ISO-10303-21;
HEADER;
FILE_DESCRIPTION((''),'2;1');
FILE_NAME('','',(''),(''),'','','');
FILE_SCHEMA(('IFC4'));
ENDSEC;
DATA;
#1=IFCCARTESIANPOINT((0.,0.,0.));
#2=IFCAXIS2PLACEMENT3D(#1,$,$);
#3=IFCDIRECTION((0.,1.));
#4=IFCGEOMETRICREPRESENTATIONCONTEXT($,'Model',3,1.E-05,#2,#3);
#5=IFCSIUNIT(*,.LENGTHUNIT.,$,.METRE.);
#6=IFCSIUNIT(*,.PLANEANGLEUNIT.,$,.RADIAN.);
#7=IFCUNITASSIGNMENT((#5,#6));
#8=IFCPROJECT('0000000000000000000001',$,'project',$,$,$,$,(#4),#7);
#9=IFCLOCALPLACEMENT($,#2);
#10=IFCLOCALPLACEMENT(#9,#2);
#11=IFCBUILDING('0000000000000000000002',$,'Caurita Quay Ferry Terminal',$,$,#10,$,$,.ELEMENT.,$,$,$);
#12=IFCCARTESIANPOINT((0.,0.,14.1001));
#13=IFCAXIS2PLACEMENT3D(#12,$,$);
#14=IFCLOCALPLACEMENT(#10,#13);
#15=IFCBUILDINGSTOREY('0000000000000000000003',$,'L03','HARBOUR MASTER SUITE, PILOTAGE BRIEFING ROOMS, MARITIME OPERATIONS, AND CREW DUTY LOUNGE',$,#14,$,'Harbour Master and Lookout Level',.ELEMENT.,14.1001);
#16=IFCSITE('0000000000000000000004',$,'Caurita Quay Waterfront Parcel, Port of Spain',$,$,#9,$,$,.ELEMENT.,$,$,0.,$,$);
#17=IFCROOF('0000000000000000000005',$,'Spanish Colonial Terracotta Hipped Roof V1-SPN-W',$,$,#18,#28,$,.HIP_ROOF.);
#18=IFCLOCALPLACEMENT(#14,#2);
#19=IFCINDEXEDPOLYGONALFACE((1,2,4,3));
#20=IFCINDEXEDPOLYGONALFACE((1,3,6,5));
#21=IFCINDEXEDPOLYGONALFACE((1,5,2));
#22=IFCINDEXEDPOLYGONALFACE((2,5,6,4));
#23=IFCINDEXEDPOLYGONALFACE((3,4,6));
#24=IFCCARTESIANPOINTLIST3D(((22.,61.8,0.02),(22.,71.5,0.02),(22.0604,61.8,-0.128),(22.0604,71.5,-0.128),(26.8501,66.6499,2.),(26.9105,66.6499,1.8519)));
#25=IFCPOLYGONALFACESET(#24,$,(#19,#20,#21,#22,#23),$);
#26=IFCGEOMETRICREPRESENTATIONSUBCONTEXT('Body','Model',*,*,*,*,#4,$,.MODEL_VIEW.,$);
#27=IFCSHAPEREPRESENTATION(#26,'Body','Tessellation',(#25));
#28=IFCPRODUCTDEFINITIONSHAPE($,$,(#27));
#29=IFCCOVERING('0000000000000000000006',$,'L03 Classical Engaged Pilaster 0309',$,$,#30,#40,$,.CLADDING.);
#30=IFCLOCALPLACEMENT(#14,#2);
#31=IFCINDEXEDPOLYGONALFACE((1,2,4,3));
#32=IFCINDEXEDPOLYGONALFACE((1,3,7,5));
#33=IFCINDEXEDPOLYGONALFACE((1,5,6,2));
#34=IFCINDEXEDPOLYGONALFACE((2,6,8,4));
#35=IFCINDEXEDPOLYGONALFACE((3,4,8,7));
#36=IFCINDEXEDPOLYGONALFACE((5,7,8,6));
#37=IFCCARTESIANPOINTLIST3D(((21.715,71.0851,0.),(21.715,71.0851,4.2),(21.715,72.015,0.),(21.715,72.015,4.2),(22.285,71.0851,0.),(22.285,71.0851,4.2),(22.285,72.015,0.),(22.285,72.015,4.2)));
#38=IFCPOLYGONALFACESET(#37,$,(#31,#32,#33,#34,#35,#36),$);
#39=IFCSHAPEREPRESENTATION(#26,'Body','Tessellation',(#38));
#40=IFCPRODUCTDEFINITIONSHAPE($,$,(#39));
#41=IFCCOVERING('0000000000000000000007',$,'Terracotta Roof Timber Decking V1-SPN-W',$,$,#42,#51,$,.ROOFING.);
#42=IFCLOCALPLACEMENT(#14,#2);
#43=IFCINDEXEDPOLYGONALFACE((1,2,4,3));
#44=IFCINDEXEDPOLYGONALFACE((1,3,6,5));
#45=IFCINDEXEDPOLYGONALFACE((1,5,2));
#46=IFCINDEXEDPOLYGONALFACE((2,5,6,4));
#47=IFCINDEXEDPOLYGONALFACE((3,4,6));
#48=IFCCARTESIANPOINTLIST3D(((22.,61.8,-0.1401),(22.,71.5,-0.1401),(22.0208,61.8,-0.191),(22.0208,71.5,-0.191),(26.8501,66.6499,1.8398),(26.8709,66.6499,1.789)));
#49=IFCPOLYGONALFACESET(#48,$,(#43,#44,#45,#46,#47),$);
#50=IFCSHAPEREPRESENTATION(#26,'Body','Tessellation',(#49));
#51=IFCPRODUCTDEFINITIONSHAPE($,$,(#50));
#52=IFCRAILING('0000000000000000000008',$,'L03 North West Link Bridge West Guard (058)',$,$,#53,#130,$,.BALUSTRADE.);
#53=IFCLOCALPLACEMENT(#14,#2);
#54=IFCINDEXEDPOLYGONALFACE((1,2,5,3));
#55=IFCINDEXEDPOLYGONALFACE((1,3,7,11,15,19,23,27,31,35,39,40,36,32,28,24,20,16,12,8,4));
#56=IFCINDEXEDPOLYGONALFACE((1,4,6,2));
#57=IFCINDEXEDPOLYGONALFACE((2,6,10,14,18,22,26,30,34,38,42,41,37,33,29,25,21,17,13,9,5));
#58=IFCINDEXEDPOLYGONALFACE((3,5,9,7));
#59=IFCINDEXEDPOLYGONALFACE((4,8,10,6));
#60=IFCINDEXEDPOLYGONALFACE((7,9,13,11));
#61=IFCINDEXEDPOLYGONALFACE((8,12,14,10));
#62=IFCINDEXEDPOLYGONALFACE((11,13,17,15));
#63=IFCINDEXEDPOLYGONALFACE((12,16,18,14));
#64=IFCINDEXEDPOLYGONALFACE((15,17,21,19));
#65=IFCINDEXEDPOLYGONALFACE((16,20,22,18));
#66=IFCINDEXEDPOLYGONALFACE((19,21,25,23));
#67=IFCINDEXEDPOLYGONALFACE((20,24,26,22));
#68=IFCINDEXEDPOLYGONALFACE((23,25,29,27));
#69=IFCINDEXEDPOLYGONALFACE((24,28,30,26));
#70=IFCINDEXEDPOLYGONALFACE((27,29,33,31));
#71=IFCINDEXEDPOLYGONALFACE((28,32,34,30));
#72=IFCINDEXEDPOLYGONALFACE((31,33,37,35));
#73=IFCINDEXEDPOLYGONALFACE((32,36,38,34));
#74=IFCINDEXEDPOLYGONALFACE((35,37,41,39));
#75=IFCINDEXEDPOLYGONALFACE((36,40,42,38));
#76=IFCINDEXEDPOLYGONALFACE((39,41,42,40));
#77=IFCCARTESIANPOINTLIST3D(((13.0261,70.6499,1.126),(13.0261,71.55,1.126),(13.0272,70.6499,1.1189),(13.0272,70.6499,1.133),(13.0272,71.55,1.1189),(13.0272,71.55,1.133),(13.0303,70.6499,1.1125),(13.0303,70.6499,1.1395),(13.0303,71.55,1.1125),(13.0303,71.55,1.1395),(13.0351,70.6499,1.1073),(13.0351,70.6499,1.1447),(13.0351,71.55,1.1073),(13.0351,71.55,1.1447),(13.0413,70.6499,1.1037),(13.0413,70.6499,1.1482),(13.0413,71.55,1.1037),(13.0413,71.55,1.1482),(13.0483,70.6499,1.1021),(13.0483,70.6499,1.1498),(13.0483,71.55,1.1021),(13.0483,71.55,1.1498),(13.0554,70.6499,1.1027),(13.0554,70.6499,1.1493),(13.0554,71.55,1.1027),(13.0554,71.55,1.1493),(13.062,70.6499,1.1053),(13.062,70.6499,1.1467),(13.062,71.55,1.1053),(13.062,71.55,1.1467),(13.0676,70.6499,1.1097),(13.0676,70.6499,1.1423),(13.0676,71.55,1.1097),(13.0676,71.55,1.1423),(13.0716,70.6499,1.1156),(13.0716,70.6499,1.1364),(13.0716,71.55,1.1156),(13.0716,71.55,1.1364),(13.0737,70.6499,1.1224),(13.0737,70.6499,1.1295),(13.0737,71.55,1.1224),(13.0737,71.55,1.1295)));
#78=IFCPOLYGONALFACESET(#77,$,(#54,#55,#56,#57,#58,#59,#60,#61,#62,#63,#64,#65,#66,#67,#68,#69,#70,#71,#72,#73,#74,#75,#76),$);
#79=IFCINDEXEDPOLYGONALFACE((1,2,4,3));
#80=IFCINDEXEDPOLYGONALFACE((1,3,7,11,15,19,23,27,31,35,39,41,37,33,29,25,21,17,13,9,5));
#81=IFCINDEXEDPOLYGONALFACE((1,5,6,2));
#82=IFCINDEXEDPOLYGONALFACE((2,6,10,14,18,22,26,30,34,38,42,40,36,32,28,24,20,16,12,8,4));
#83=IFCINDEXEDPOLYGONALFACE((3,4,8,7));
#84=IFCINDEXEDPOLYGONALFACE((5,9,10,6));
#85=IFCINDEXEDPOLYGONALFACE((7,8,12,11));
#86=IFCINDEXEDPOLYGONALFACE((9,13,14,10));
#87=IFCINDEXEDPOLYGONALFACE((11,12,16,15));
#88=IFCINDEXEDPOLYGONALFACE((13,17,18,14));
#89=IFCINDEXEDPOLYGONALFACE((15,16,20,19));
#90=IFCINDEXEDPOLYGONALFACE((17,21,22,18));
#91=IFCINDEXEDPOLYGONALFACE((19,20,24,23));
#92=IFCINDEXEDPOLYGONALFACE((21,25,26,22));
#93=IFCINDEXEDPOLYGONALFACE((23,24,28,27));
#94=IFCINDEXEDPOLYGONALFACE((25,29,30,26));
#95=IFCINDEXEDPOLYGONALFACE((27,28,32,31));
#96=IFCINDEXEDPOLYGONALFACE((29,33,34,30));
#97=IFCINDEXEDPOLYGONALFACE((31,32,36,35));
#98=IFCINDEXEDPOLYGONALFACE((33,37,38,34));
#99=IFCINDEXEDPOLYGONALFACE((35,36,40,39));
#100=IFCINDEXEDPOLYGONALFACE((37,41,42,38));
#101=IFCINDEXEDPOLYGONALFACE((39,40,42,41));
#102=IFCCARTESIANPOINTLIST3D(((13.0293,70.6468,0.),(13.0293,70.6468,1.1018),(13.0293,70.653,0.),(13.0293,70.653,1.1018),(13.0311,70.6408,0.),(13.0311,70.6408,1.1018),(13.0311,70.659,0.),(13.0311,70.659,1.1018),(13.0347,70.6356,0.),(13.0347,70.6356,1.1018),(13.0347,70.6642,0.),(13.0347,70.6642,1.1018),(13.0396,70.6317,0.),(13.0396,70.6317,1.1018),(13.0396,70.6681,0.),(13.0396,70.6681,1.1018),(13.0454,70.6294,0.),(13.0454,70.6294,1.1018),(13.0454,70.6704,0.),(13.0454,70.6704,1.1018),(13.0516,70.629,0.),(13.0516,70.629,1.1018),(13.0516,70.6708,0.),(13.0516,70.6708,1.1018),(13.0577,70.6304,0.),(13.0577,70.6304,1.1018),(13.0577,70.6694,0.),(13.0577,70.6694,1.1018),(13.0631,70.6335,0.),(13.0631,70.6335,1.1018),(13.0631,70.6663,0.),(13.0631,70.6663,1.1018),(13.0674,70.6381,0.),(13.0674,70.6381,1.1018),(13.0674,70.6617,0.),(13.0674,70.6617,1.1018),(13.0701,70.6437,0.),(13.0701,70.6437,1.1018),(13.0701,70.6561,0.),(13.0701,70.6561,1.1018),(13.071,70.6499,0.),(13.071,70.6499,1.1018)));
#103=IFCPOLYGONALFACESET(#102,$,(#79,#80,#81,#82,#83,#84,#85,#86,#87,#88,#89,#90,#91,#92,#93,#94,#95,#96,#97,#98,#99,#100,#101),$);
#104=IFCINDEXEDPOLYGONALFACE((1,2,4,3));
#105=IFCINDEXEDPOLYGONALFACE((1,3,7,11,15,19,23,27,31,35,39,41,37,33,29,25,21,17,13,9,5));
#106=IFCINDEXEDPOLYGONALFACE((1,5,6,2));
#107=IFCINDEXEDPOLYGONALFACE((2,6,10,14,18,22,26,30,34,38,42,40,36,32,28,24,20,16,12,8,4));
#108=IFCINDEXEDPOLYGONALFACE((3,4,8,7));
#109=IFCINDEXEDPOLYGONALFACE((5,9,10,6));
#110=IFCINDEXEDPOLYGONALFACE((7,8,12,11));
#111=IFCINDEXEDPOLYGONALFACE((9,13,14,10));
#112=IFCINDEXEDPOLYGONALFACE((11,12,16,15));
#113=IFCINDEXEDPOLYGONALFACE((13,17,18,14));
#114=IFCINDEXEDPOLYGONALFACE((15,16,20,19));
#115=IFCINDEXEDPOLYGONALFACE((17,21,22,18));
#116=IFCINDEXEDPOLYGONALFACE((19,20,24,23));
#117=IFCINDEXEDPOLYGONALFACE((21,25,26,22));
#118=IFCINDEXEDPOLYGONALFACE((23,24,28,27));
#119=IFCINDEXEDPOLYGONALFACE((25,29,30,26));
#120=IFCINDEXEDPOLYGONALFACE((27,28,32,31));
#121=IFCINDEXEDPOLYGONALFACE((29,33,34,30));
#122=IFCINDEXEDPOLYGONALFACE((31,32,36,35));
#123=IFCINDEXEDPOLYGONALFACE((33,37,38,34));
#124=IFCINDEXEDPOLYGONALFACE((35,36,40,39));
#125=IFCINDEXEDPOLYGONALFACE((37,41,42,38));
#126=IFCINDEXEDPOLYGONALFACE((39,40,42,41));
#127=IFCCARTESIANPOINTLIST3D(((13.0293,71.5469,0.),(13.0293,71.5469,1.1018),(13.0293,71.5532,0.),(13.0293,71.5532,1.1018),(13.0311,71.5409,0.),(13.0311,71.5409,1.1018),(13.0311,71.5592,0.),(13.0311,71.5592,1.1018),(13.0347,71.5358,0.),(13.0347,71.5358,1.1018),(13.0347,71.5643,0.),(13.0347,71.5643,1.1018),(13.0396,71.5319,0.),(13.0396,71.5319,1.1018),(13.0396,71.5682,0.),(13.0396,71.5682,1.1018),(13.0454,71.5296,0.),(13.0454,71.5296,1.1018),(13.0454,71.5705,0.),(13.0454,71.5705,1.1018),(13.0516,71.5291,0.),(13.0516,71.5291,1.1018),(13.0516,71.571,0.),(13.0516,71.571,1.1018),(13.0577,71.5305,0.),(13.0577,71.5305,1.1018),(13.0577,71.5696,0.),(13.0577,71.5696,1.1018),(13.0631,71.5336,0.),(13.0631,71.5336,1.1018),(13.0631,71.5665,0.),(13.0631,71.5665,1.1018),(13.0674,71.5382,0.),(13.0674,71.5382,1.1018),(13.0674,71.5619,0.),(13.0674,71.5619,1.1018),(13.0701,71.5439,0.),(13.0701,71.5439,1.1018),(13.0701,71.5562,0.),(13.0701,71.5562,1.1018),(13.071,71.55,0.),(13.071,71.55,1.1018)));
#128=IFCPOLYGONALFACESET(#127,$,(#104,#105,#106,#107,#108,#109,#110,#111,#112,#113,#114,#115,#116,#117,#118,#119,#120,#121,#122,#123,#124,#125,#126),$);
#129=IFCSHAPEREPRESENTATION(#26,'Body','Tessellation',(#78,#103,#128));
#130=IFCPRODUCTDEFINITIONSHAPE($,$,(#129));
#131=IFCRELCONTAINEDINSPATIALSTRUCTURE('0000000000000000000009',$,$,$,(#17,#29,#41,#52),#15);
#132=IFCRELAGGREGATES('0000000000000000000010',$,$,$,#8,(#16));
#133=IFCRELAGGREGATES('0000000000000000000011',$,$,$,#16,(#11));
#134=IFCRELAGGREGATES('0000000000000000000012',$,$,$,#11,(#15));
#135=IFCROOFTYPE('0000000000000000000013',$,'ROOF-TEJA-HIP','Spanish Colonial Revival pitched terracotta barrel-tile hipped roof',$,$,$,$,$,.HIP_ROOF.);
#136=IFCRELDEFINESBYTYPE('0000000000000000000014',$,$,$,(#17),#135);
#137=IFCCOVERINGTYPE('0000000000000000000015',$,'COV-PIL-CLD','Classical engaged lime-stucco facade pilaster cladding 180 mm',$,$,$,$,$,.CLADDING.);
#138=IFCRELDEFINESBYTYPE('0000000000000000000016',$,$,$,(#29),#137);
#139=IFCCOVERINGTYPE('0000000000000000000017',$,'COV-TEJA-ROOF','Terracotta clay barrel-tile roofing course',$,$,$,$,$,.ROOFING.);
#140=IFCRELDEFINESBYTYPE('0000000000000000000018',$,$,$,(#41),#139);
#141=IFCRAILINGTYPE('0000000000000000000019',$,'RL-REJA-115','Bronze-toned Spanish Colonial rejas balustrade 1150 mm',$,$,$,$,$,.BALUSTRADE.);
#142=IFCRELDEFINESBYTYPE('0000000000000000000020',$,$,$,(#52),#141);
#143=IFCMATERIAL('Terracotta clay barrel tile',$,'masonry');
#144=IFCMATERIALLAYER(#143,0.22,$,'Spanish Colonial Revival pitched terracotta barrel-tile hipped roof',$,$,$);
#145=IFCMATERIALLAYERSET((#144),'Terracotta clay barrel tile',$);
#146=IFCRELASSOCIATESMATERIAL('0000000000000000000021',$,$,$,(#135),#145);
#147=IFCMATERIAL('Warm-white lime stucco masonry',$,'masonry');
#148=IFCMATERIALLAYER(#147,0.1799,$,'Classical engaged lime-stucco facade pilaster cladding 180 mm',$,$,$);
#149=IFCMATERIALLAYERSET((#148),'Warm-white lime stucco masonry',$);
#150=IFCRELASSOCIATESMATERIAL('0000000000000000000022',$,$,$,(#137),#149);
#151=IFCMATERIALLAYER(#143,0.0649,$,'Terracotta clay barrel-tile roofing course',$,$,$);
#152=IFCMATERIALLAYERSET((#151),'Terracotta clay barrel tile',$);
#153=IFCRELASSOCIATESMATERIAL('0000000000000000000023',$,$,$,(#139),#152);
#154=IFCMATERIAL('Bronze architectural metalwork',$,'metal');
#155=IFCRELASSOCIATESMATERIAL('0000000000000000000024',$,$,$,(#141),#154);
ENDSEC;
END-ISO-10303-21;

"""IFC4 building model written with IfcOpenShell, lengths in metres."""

from ifc_helpers import new_model, si_unit, direction, frame, origin, origin_2d, place, context, subcontext, project, spatial, polyline, rectangle, circle, outline, extrude, material, layer, layer_set, type_object, element, save


model = new_model("IFC4")

# Units and contexts
model_context = context("Model", 3, precision=1e-05, world=origin(), true_north=direction((0.0, 1.0)))
body_context = subcontext(model_context, "Body", "Model", "MODEL_VIEW")
ifc_project = project(units=[si_unit("LENGTHUNIT", "METRE"), si_unit("PLANEANGLEUNIT", "RADIAN")], contexts=[model_context])

# Site, building, storey
site_placement = place(None, origin())
site = spatial("IfcSite", under=ifc_project, at=site_placement, Name="Caurita Quay Waterfront Parcel, Port of Spain", CompositionType="ELEMENT", RefElevation=0.0)
building_placement = place(site_placement, origin())
building = spatial("IfcBuilding", under=site, at=building_placement, Name="Caurita Quay Ferry Terminal", CompositionType="ELEMENT")
storey_placement = place(building_placement, frame((0.0, 0.0, 14.1001)))
storey = spatial("IfcBuildingStorey", under=building, at=storey_placement, Name="L03", Description="HARBOUR MASTER SUITE, PILOTAGE BRIEFING ROOMS, MARITIME OPERATIONS, AND CREW DUTY LOUNGE", LongName="Harbour Master and Lookout Level", CompositionType="ELEMENT", Elevation=14.1001)

# Shared definitions
ifc_material_1 = material(Name="Bronze architectural metalwork", Category="metal")

# Shared definitions
ifc_material_2 = material(Name="Warm-white lime stucco masonry", Category="masonry")

# Roof
ifc_material_3 = material(Name="Terracotta clay barrel tile", Category="masonry")
ifc_layer_1 = layer(ifc_material_3, 0.22, Name="Spanish Colonial Revival pitched terracotta barrel-tile hipped roof")
ifc_layer_set_1 = layer_set([ifc_layer_1], Name="Terracotta clay barrel tile")
roof_type = type_object("IfcRoofType", Name="ROOF-TEJA-HIP", Description="Spanish Colonial Revival pitched terracotta barrel-tile hipped roof", PredefinedType="HIP_ROOF", material=ifc_layer_set_1)
roof_placement = place(storey_placement, frame((22.0, 71.5, 0.02), z_axis=(-0.377954, 0.0, 0.925824), x_axis=(0.0, -1.0, 0.0)))
element("IfcRoof", 1, at=roof_placement, inside=storey, type_object=roof_type, Name="Spanish Colonial Terracotta Hipped Roof V1-SPN-W", PredefinedType="HIP_ROOF", context=body_context, shape_type="SweptSolid", body=[
    extrude(outline(polyline([(0.0, 0.0), (9.7, 0.0), (4.8501, 5.2387), (0.0, 0.0)])), origin(), (0.0, 0.0, -1.0), 0.1599),
])

# Coverings
ifc_layer_2 = layer(ifc_material_2, 0.1799, Name="Classical engaged lime-stucco facade pilaster cladding 180 mm")
ifc_layer_set_2 = layer_set([ifc_layer_2], Name="Warm-white lime stucco masonry")
covering_type_1 = type_object("IfcCoveringType", Name="COV-PIL-CLD", Description="Classical engaged lime-stucco facade pilaster cladding 180 mm", PredefinedType="CLADDING", material=ifc_layer_set_2)
covering_1_placement = place(storey_placement, frame((22.0, 71.55, 0.0), z_axis=(0.0, 0.0, 1.0), x_axis=(1.0, 0.0, 0.0)))
element("IfcCovering", 2, at=covering_1_placement, inside=storey, type_object=covering_type_1, Name="L03 Classical Engaged Pilaster 0309", PredefinedType="CLADDING", context=body_context, shape_type="SweptSolid", body=[
    extrude(rectangle(XDim=0.5701, YDim=0.9299, at=origin_2d()), origin(), (0.0, 0.0, 1.0), 4.2),
])
ifc_layer_3 = layer(ifc_material_3, 0.0649, Name="Terracotta clay barrel-tile roofing course")
ifc_layer_set_3 = layer_set([ifc_layer_3], Name="Terracotta clay barrel tile")
covering_type_2 = type_object("IfcCoveringType", Name="COV-TEJA-ROOF", Description="Terracotta clay barrel-tile roofing course", PredefinedType="ROOFING", material=ifc_layer_set_3)
covering_2_placement = place(storey_placement, frame((22.0, 71.5, -0.1401), z_axis=(-0.377954, 0.0, 0.925824), x_axis=(0.0, -1.0, 0.0)))
element("IfcCovering", 3, at=covering_2_placement, inside=storey, type_object=covering_type_2, Name="Terracotta Roof Timber Decking V1-SPN-W", PredefinedType="ROOFING", context=body_context, shape_type="SweptSolid", body=[
    extrude(outline(polyline([(0.0, 0.0), (9.7, 0.0), (4.8501, 5.2387), (0.0, 0.0)])), origin(), (0.0, 0.0, -1.0), 0.0549),
])

# Railing
railing_type = type_object("IfcRailingType", Name="RL-REJA-115", Description="Bronze-toned Spanish Colonial rejas balustrade 1150 mm", PredefinedType="BALUSTRADE", material=ifc_material_1)
railing_1_placement = place(storey_placement, frame((13.05, 70.6499, 0.0)))
element("IfcRailing", 4, at=railing_1_placement, inside=storey, type_object=railing_type, Name="L03 North West Link Bridge West Guard (058)", PredefinedType="BALUSTRADE", context=body_context, shape_type="SweptSolid", body=[
    extrude(circle(Radius=0.0239, at=origin_2d()), frame((0.0, 0.0, 1.126), z_axis=(0.0, 1.0, 0.0), x_axis=(-1.0, 0.0, 0.0)), (0.0, 0.0, 1.0), 0.9001),
    extrude(circle(Radius=0.021, at=origin_2d()), origin(), (0.0, 0.0, 1.0), 1.1018),
    extrude(circle(Radius=0.021, at=origin_2d()), frame((0.0, 0.9001, 0.0)), (0.0, 0.0, 1.0), 1.1018),
])

save(model, "model.ifc")
